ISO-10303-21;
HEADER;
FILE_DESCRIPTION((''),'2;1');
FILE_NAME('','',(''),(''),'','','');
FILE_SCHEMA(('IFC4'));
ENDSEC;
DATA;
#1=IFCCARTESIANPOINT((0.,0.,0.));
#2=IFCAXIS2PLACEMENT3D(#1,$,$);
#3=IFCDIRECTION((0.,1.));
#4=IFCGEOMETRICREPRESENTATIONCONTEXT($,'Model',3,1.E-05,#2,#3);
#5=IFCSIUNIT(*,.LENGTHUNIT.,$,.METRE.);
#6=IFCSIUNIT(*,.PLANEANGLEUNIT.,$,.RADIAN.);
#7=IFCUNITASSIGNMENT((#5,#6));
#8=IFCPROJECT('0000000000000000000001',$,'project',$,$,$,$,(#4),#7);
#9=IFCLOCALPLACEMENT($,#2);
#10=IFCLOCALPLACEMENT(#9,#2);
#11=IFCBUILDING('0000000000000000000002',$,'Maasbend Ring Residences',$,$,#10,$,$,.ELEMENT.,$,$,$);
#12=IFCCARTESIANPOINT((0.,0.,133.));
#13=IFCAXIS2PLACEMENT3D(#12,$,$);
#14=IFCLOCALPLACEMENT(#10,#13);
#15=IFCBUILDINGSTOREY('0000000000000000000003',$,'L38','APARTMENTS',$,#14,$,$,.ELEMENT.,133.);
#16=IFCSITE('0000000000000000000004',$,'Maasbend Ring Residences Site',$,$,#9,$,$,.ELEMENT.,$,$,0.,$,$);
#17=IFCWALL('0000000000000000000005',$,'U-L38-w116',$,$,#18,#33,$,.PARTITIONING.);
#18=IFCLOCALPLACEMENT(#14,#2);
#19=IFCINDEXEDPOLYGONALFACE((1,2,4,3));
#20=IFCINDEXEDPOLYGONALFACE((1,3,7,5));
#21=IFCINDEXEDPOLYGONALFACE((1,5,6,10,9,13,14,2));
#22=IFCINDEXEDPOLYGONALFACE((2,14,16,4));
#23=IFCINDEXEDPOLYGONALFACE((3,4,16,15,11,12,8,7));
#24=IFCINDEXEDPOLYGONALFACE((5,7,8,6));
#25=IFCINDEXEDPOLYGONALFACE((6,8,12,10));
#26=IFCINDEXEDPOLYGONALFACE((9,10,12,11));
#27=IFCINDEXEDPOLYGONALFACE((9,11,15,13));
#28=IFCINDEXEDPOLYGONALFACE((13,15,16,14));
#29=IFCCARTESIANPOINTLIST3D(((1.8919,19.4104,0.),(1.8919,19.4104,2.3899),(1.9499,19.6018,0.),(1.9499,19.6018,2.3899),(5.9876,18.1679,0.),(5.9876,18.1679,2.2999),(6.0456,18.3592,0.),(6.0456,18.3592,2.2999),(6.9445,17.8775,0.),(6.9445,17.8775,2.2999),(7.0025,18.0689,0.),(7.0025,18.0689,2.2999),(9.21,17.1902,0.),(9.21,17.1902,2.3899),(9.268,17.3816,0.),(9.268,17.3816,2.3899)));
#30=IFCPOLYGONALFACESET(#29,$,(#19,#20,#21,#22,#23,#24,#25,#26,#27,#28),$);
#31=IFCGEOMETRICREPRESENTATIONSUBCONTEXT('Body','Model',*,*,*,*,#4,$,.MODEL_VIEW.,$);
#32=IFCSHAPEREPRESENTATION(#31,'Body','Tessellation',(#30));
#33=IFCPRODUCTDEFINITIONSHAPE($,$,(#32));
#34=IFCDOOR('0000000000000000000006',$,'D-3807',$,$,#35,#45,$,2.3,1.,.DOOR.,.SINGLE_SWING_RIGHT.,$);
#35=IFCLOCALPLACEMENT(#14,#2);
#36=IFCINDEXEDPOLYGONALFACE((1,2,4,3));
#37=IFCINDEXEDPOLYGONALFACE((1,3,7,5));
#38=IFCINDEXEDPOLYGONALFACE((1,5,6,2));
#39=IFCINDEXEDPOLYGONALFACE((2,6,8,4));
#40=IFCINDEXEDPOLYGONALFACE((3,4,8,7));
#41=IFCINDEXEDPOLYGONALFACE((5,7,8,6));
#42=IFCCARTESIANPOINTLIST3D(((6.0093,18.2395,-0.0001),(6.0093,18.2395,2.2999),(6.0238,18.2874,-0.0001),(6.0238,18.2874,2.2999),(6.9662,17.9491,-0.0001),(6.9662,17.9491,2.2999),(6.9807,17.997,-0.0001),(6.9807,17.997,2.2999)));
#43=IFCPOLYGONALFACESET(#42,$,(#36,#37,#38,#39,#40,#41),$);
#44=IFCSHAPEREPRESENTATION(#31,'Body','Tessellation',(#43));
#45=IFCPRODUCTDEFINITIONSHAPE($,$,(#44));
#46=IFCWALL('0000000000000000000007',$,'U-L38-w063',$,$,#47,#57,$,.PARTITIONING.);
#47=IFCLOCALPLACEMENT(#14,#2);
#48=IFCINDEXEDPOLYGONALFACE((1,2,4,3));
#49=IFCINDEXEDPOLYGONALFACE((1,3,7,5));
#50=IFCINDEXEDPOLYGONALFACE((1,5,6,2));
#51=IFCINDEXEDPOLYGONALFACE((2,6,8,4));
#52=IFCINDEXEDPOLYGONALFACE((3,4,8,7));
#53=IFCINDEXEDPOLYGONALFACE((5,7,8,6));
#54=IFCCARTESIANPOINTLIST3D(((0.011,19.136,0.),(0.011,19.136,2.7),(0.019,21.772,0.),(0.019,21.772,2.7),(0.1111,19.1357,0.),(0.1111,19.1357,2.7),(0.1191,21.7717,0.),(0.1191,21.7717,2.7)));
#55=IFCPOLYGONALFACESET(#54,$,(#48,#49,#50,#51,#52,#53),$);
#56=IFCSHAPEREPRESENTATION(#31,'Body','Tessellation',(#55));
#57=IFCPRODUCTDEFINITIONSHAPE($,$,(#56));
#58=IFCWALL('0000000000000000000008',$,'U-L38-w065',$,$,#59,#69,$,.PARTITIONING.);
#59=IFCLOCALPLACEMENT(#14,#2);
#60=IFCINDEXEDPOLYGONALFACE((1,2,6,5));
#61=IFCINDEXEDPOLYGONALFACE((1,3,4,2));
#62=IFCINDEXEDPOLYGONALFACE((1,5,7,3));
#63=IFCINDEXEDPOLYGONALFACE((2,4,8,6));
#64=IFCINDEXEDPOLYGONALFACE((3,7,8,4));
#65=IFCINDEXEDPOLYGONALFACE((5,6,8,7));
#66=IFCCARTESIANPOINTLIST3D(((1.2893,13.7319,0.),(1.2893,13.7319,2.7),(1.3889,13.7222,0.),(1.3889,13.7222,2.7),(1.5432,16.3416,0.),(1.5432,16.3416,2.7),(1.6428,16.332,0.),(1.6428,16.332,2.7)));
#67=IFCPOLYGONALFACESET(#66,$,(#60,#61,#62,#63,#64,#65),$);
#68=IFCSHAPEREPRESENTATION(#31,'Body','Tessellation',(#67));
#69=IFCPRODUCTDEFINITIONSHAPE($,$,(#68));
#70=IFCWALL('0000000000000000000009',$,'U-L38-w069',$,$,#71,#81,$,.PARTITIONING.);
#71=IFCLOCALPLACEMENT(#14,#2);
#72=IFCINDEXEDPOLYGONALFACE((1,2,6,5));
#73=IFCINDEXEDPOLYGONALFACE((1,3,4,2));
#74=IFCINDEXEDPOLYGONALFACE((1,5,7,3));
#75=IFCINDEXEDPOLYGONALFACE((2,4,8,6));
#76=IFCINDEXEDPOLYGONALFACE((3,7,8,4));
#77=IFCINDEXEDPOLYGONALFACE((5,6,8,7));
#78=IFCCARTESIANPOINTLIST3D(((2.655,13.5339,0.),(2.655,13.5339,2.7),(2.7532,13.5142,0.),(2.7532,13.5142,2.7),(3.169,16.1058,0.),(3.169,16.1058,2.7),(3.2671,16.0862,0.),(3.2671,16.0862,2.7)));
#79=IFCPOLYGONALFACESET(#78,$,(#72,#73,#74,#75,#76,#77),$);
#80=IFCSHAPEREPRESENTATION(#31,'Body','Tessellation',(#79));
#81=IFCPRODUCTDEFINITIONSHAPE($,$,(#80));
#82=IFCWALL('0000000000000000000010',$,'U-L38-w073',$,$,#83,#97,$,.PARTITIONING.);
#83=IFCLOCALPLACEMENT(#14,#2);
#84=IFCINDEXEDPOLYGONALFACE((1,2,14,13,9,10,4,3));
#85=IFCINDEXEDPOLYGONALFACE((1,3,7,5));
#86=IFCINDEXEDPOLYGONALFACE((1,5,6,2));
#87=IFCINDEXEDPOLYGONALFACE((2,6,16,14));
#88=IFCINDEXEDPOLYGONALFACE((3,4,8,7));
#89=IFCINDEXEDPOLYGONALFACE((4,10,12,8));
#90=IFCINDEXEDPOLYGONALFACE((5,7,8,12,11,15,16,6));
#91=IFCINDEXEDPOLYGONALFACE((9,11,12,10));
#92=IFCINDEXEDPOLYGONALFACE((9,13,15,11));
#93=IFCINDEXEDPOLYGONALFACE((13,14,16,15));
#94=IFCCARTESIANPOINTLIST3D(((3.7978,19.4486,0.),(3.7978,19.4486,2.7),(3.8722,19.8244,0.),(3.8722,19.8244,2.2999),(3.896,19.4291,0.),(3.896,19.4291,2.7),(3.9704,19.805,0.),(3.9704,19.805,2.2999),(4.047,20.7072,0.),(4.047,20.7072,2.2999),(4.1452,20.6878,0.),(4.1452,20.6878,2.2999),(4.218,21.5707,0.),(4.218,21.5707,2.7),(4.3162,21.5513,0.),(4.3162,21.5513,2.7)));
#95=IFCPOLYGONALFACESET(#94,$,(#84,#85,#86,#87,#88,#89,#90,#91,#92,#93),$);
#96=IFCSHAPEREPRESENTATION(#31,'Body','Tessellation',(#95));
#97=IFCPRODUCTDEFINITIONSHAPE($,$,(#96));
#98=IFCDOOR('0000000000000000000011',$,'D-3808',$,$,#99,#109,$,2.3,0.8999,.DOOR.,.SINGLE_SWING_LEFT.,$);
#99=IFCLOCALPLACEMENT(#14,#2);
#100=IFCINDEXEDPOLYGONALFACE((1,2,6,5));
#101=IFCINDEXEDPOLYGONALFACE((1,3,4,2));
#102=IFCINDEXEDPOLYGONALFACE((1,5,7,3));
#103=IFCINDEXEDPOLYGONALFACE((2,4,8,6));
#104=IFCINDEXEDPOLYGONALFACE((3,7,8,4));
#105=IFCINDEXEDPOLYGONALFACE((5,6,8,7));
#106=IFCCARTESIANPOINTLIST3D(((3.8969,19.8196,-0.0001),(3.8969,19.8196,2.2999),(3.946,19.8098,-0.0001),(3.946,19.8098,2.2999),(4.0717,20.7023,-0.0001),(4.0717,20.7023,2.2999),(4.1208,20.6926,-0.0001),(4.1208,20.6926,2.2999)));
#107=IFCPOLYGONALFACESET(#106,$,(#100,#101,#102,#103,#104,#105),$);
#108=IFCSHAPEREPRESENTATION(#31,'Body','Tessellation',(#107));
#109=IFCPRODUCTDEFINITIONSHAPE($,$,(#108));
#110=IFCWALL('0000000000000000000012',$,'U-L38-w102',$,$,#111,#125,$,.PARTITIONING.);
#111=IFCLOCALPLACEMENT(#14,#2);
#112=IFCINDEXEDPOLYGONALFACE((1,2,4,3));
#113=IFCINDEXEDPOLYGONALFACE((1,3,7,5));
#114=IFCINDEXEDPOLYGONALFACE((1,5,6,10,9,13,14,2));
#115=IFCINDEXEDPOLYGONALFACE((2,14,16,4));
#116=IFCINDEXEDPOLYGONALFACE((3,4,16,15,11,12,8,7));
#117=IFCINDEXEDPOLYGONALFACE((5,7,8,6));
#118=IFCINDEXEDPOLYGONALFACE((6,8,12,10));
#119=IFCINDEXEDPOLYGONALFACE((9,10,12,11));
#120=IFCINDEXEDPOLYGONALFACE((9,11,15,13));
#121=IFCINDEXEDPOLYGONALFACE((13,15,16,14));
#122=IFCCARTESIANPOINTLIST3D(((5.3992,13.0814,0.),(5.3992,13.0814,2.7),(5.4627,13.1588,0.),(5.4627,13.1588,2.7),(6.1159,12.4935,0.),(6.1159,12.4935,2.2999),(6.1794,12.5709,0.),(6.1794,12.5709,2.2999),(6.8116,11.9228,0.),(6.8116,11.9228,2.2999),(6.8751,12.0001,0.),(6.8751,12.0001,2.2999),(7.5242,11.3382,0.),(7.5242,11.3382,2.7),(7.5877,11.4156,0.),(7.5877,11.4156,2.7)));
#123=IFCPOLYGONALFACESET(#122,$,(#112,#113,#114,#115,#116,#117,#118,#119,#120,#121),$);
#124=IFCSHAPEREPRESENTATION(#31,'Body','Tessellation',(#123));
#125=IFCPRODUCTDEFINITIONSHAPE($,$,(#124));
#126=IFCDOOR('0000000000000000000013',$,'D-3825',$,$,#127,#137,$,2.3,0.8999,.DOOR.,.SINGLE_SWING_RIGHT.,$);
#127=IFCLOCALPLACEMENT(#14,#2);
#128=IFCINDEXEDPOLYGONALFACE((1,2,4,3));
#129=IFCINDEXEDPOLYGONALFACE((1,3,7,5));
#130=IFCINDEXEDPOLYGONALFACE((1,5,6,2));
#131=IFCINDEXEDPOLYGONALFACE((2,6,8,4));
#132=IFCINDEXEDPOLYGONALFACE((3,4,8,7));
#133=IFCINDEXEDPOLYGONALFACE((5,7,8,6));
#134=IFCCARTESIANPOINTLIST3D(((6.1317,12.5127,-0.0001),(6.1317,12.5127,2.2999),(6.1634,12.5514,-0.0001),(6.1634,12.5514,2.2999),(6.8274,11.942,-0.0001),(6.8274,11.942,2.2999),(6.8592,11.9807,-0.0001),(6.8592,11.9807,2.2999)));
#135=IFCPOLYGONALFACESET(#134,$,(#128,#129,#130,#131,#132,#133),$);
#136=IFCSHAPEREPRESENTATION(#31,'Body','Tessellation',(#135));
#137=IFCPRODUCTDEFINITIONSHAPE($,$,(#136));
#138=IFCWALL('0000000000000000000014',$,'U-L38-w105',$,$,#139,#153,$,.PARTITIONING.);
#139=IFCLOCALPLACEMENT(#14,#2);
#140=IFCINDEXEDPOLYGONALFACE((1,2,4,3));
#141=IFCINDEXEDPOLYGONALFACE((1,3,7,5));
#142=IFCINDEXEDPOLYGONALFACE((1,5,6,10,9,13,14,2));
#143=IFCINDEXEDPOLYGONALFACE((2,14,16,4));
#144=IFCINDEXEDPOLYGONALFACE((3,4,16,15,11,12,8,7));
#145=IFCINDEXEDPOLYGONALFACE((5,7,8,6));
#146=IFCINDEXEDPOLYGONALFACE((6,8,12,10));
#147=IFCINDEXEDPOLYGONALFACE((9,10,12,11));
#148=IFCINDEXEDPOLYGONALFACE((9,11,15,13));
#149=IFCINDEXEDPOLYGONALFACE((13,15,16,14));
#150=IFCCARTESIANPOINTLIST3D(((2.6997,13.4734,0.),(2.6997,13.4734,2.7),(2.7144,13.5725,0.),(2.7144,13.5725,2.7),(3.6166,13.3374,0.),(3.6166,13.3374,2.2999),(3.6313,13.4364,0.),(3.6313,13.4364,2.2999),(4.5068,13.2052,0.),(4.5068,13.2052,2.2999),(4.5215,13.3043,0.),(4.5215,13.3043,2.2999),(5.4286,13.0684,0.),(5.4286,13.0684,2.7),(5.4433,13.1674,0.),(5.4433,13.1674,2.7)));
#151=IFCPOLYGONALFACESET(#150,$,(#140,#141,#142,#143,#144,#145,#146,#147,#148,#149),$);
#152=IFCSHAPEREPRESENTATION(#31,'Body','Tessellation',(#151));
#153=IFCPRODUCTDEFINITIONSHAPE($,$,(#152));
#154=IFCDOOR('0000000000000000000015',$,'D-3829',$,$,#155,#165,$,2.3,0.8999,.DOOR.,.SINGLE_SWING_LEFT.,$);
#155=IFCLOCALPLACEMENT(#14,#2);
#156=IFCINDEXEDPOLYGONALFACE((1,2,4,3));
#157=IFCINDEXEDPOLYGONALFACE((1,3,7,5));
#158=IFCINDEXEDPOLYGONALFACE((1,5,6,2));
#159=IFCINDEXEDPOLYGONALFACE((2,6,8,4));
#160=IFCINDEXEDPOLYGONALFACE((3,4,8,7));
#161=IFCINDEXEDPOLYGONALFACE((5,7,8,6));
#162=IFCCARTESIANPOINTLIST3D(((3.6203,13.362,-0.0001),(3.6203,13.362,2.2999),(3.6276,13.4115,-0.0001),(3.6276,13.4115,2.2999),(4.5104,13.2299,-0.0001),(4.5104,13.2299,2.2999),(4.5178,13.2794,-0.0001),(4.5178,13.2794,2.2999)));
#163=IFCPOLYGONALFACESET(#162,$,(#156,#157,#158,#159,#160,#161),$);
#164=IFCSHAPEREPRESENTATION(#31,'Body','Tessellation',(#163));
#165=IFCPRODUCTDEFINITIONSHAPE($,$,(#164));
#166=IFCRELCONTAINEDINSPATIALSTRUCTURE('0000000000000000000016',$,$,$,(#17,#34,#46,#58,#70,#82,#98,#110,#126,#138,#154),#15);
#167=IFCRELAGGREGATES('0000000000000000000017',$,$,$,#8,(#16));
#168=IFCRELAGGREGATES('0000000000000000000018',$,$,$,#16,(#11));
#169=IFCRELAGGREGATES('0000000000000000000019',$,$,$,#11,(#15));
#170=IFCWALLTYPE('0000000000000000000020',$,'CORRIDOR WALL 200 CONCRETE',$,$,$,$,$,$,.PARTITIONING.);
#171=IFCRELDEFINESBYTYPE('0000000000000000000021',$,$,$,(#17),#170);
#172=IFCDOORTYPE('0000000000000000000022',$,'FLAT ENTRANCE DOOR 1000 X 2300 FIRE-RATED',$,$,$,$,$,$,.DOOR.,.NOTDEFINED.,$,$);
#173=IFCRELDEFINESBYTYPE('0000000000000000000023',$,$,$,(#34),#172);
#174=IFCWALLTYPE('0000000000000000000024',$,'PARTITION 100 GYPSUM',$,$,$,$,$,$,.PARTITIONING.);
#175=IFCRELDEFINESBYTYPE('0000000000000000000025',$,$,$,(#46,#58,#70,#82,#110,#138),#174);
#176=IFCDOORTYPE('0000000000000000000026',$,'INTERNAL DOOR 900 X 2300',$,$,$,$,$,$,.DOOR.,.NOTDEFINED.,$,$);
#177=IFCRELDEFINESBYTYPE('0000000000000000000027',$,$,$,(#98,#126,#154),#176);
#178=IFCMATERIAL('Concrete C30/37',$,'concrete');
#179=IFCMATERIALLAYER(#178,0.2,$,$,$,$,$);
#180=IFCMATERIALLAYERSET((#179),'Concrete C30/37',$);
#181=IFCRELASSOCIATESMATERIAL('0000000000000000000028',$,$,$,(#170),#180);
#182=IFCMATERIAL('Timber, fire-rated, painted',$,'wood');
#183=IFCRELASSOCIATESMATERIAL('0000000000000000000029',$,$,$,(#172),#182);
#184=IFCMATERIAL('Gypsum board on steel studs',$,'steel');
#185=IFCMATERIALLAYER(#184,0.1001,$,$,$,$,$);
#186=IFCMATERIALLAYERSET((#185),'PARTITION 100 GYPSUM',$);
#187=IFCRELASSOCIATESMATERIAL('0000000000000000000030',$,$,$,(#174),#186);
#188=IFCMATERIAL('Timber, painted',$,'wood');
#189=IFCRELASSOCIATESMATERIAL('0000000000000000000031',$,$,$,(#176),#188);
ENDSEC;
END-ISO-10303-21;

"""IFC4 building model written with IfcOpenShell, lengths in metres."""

from ifc_helpers import new_model, si_unit, direction, frame, frame_2d, origin, place, context, subcontext, project, spatial, rectangle, extrude, material, layer, layer_set, type_object, element, fill, save


model = new_model("IFC4")

# Units and contexts
model_context = context("Model", 3, precision=1e-05, world=origin(), true_north=direction((0.0, 1.0)))
body_context = subcontext(model_context, "Body", "Model", "MODEL_VIEW")
ifc_project = project(units=[si_unit("LENGTHUNIT", "METRE"), si_unit("PLANEANGLEUNIT", "RADIAN")], contexts=[model_context])

# Site, building, storey
site_placement = place(None, origin())
site = spatial("IfcSite", under=ifc_project, at=site_placement, Name="Maasbend Ring Residences Site", CompositionType="ELEMENT", RefElevation=0.0)
building_placement = place(site_placement, origin())
building = spatial("IfcBuilding", under=site, at=building_placement, Name="Maasbend Ring Residences", CompositionType="ELEMENT")
storey_placement = place(building_placement, frame((0.0, 0.0, 133.0)))
storey = spatial("IfcBuildingStorey", under=building, at=storey_placement, Name="L38", Description="APARTMENTS", CompositionType="ELEMENT", Elevation=133.0)

# Wall, opening, door
ifc_material_1 = material(Name="Concrete C30/37", Category="concrete")
ifc_layer_1 = layer(ifc_material_1, 0.2)
ifc_layer_set_1 = layer_set([ifc_layer_1], Name="Concrete C30/37")
wall_type_1 = type_object("IfcWallType", Name="CORRIDOR WALL 200 CONCRETE", PredefinedType="PARTITIONING", material=ifc_layer_set_1)
ifc_material_2 = material(Name="Timber, fire-rated, painted", Category="wood")
door_type_1 = type_object("IfcDoorType", Name="FLAT ENTRANCE DOOR 1000 X 2300 FIRE-RATED", OperationType="NOTDEFINED", PredefinedType="DOOR", material=ifc_material_2)
wall_1_placement = place(storey_placement, frame((1.9209, 19.5061, 0.0), z_axis=(0.0, 0.0, 1.0), x_axis=(0.95693, -0.290319, 0.0)))
wall_1 = element("IfcWall", 1, at=wall_1_placement, inside=storey, type_object=wall_type_1, Name="U-L38-w116", PredefinedType="PARTITIONING", context=body_context, shape_type="SweptSolid", body=[
    extrude(rectangle(XDim=7.6475, YDim=0.2, at=frame_2d((3.8237, 0.0))), origin(), (0.0, 0.0, 1.0), 2.3899),
])
opening_1_placement = place(wall_1_placement, frame((4.28, 0.0, 0.0)))
opening_1 = element("IfcOpeningElement", 2, at=opening_1_placement, cuts=wall_1, PredefinedType="OPENING", context=body_context, shape_type="SweptSolid", body=[
    extrude(rectangle(XDim=1.0, YDim=2.3, at=frame_2d((0.5, 1.1499))), frame((0.0, 0.1099, 0.0), z_axis=(0.0, -1.0, 0.0), x_axis=(1.0, 0.0, 0.0)), (0.0, 0.0, 1.0), 0.22),
])
door_1_placement = place(opening_1_placement, origin())
door_1 = element("IfcDoor", 3, at=door_1_placement, inside=storey, type_object=door_type_1, Name="D-3807", OperationType="SINGLE_SWING_RIGHT", OverallHeight=2.3, OverallWidth=1.0, PredefinedType="DOOR", context=body_context, shape_type="SweptSolid", body=[
    extrude(rectangle(XDim=1.0, YDim=2.3, at=frame_2d((0.5, 1.1499))), frame((0.0, 0.0249, 0.0), z_axis=(0.0, -1.0, 0.0), x_axis=(1.0, 0.0, 0.0)), (0.0, 0.0, 1.0), 0.05),
])
fill(opening_1, door_1)

# Walls
ifc_material_3 = material(Name="Gypsum board on steel studs", Category="steel")
ifc_layer_2 = layer(ifc_material_3, 0.1001)
ifc_layer_set_2 = layer_set([ifc_layer_2], Name="PARTITION 100 GYPSUM")
wall_type_2 = type_object("IfcWallType", Name="PARTITION 100 GYPSUM", PredefinedType="PARTITIONING", material=ifc_layer_set_2)
wall_2_placement = place(storey_placement, frame((0.061, 19.136, 0.0), z_axis=(0.0, 0.0, 1.0), x_axis=(0.003056, 0.999995, 0.0)))
element("IfcWall", 4, at=wall_2_placement, inside=storey, type_object=wall_type_2, Name="U-L38-w063", PredefinedType="PARTITIONING", context=body_context, shape_type="SweptSolid", body=[
    extrude(rectangle(XDim=2.636, YDim=0.1001, at=frame_2d((1.3179, 0.0))), origin(), (0.0, 0.0, 1.0), 2.7),
])
wall_3_placement = place(storey_placement, frame((1.3391, 13.7271, 0.0), z_axis=(0.0, 0.0, 1.0), x_axis=(0.09683, 0.995301, 0.0)))
element("IfcWall", 5, at=wall_3_placement, inside=storey, type_object=wall_type_2, Name="U-L38-w065", PredefinedType="PARTITIONING", context=body_context, shape_type="SweptSolid", body=[
    extrude(rectangle(XDim=2.6221, YDim=0.1001, at=frame_2d((1.311, 0.0))), origin(), (0.0, 0.0, 1.0), 2.7),
])
wall_4_placement = place(storey_placement, frame((2.7041, 13.5239, 0.0), z_axis=(0.0, 0.0, 1.0), x_axis=(0.195937, 0.980616, 0.0)))
element("IfcWall", 6, at=wall_4_placement, inside=storey, type_object=wall_type_2, Name="U-L38-w069", PredefinedType="PARTITIONING", context=body_context, shape_type="SweptSolid", body=[
    extrude(rectangle(XDim=2.6228, YDim=0.1001, at=frame_2d((1.3115, 0.0))), origin(), (0.0, 0.0, 1.0), 2.7),
])

# Walls, openings, doors
wall_5_placement = place(storey_placement, frame((3.8469, 19.439, 0.0), z_axis=(0.0, 0.0, 1.0), x_axis=(0.194228, 0.980956, 0.0)))
wall_5 = element("IfcWall", 7, at=wall_5_placement, inside=storey, type_object=wall_type_2, Name="U-L38-w073", PredefinedType="PARTITIONING", context=body_context, shape_type="SweptSolid", body=[
    extrude(rectangle(XDim=2.1633, YDim=0.1001, at=frame_2d((1.0815, 0.0))), origin(), (0.0, 0.0, 1.0), 2.7),
])
opening_2_placement = place(wall_5_placement, frame((0.3831, 0.0, 0.0)))
opening_2 = element("IfcOpeningElement", 8, at=opening_2_placement, cuts=wall_5, PredefinedType="OPENING", context=body_context, shape_type="SweptSolid", body=[
    extrude(rectangle(XDim=0.8999, YDim=2.3, at=frame_2d((0.45, 1.1499))), frame((0.0, 0.0601, 0.0), z_axis=(0.0, -1.0, 0.0), x_axis=(1.0, 0.0, 0.0)), (0.0, 0.0, 1.0), 0.1201),
])
ifc_material_4 = material(Name="Timber, painted", Category="wood")
door_type_2 = type_object("IfcDoorType", Name="INTERNAL DOOR 900 X 2300", OperationType="NOTDEFINED", PredefinedType="DOOR", material=ifc_material_4)
door_2_placement = place(opening_2_placement, origin())
door_2 = element("IfcDoor", 9, at=door_2_placement, inside=storey, type_object=door_type_2, Name="D-3808", OperationType="SINGLE_SWING_LEFT", OverallHeight=2.3, OverallWidth=0.8999, PredefinedType="DOOR", context=body_context, shape_type="SweptSolid", body=[
    extrude(rectangle(XDim=0.8999, YDim=2.3, at=frame_2d((0.45, 1.1499))), frame((0.0, 0.0249, 0.0), z_axis=(0.0, -1.0, 0.0), x_axis=(1.0, 0.0, 0.0)), (0.0, 0.0, 1.0), 0.05),
])
fill(opening_2, door_2)
wall_6_placement = place(storey_placement, frame((5.4309, 13.1201, 0.0), z_axis=(0.0, 0.0, 1.0), x_axis=(0.773149, -0.634224, 0.0)))
wall_6 = element("IfcWall", 10, at=wall_6_placement, inside=storey, type_object=wall_type_2, Name="U-L38-w102", PredefinedType="PARTITIONING", context=body_context, shape_type="SweptSolid", body=[
    extrude(rectangle(XDim=2.7485, YDim=0.1001, at=frame_2d((1.3743, 0.0))), origin(), (0.0, 0.0, 1.0), 2.7),
])
opening_3_placement = place(wall_6_placement, frame((0.927, 0.0, 0.0)))
opening_3 = element("IfcOpeningElement", 11, at=opening_3_placement, cuts=wall_6, PredefinedType="OPENING", context=body_context, shape_type="SweptSolid", body=[
    extrude(rectangle(XDim=0.8999, YDim=2.3, at=frame_2d((0.45, 1.1499))), frame((0.0, 0.0601, 0.0), z_axis=(0.0, -1.0, 0.0), x_axis=(1.0, 0.0, 0.0)), (0.0, 0.0, 1.0), 0.1201),
])
door_3_placement = place(opening_3_placement, origin())
door_3 = element("IfcDoor", 12, at=door_3_placement, inside=storey, type_object=door_type_2, Name="D-3825", OperationType="SINGLE_SWING_RIGHT", OverallHeight=2.3, OverallWidth=0.8999, PredefinedType="DOOR", context=body_context, shape_type="SweptSolid", body=[
    extrude(rectangle(XDim=0.8999, YDim=2.3, at=frame_2d((0.45, 1.1499))), frame((0.0, 0.0249, 0.0), z_axis=(0.0, -1.0, 0.0), x_axis=(1.0, 0.0, 0.0)), (0.0, 0.0, 1.0), 0.05),
])
fill(opening_3, door_3)
wall_7_placement = place(storey_placement, frame((2.707, 13.5229, 0.0), z_axis=(0.0, 0.0, 1.0), x_axis=(0.989165, -0.146808, 0.0)))
wall_7 = element("IfcWall", 13, at=wall_7_placement, inside=storey, type_object=wall_type_2, Name="U-L38-w105", PredefinedType="PARTITIONING", context=body_context, shape_type="SweptSolid", body=[
    extrude(rectangle(XDim=2.7588, YDim=0.1001, at=frame_2d((1.3794, 0.0))), origin(), (0.0, 0.0, 1.0), 2.7),
])
opening_4_placement = place(wall_7_placement, frame((0.927, 0.0, 0.0)))
opening_4 = element("IfcOpeningElement", 14, at=opening_4_placement, cuts=wall_7, PredefinedType="OPENING", context=body_context, shape_type="SweptSolid", body=[
    extrude(rectangle(XDim=0.8999, YDim=2.3, at=frame_2d((0.45, 1.1499))), frame((0.0, 0.0601, 0.0), z_axis=(0.0, -1.0, 0.0), x_axis=(1.0, 0.0, 0.0)), (0.0, 0.0, 1.0), 0.1201),
])
door_4_placement = place(opening_4_placement, origin())
door_4 = element("IfcDoor", 15, at=door_4_placement, inside=storey, type_object=door_type_2, Name="D-3829", OperationType="SINGLE_SWING_LEFT", OverallHeight=2.3, OverallWidth=0.8999, PredefinedType="DOOR", context=body_context, shape_type="SweptSolid", body=[
    extrude(rectangle(XDim=0.8999, YDim=2.3, at=frame_2d((0.45, 1.1499))), frame((0.0, 0.0249, 0.0), z_axis=(0.0, -1.0, 0.0), x_axis=(1.0, 0.0, 0.0)), (0.0, 0.0, 1.0), 0.05),
])
fill(opening_4, door_4)

save(model, "model.ifc")
